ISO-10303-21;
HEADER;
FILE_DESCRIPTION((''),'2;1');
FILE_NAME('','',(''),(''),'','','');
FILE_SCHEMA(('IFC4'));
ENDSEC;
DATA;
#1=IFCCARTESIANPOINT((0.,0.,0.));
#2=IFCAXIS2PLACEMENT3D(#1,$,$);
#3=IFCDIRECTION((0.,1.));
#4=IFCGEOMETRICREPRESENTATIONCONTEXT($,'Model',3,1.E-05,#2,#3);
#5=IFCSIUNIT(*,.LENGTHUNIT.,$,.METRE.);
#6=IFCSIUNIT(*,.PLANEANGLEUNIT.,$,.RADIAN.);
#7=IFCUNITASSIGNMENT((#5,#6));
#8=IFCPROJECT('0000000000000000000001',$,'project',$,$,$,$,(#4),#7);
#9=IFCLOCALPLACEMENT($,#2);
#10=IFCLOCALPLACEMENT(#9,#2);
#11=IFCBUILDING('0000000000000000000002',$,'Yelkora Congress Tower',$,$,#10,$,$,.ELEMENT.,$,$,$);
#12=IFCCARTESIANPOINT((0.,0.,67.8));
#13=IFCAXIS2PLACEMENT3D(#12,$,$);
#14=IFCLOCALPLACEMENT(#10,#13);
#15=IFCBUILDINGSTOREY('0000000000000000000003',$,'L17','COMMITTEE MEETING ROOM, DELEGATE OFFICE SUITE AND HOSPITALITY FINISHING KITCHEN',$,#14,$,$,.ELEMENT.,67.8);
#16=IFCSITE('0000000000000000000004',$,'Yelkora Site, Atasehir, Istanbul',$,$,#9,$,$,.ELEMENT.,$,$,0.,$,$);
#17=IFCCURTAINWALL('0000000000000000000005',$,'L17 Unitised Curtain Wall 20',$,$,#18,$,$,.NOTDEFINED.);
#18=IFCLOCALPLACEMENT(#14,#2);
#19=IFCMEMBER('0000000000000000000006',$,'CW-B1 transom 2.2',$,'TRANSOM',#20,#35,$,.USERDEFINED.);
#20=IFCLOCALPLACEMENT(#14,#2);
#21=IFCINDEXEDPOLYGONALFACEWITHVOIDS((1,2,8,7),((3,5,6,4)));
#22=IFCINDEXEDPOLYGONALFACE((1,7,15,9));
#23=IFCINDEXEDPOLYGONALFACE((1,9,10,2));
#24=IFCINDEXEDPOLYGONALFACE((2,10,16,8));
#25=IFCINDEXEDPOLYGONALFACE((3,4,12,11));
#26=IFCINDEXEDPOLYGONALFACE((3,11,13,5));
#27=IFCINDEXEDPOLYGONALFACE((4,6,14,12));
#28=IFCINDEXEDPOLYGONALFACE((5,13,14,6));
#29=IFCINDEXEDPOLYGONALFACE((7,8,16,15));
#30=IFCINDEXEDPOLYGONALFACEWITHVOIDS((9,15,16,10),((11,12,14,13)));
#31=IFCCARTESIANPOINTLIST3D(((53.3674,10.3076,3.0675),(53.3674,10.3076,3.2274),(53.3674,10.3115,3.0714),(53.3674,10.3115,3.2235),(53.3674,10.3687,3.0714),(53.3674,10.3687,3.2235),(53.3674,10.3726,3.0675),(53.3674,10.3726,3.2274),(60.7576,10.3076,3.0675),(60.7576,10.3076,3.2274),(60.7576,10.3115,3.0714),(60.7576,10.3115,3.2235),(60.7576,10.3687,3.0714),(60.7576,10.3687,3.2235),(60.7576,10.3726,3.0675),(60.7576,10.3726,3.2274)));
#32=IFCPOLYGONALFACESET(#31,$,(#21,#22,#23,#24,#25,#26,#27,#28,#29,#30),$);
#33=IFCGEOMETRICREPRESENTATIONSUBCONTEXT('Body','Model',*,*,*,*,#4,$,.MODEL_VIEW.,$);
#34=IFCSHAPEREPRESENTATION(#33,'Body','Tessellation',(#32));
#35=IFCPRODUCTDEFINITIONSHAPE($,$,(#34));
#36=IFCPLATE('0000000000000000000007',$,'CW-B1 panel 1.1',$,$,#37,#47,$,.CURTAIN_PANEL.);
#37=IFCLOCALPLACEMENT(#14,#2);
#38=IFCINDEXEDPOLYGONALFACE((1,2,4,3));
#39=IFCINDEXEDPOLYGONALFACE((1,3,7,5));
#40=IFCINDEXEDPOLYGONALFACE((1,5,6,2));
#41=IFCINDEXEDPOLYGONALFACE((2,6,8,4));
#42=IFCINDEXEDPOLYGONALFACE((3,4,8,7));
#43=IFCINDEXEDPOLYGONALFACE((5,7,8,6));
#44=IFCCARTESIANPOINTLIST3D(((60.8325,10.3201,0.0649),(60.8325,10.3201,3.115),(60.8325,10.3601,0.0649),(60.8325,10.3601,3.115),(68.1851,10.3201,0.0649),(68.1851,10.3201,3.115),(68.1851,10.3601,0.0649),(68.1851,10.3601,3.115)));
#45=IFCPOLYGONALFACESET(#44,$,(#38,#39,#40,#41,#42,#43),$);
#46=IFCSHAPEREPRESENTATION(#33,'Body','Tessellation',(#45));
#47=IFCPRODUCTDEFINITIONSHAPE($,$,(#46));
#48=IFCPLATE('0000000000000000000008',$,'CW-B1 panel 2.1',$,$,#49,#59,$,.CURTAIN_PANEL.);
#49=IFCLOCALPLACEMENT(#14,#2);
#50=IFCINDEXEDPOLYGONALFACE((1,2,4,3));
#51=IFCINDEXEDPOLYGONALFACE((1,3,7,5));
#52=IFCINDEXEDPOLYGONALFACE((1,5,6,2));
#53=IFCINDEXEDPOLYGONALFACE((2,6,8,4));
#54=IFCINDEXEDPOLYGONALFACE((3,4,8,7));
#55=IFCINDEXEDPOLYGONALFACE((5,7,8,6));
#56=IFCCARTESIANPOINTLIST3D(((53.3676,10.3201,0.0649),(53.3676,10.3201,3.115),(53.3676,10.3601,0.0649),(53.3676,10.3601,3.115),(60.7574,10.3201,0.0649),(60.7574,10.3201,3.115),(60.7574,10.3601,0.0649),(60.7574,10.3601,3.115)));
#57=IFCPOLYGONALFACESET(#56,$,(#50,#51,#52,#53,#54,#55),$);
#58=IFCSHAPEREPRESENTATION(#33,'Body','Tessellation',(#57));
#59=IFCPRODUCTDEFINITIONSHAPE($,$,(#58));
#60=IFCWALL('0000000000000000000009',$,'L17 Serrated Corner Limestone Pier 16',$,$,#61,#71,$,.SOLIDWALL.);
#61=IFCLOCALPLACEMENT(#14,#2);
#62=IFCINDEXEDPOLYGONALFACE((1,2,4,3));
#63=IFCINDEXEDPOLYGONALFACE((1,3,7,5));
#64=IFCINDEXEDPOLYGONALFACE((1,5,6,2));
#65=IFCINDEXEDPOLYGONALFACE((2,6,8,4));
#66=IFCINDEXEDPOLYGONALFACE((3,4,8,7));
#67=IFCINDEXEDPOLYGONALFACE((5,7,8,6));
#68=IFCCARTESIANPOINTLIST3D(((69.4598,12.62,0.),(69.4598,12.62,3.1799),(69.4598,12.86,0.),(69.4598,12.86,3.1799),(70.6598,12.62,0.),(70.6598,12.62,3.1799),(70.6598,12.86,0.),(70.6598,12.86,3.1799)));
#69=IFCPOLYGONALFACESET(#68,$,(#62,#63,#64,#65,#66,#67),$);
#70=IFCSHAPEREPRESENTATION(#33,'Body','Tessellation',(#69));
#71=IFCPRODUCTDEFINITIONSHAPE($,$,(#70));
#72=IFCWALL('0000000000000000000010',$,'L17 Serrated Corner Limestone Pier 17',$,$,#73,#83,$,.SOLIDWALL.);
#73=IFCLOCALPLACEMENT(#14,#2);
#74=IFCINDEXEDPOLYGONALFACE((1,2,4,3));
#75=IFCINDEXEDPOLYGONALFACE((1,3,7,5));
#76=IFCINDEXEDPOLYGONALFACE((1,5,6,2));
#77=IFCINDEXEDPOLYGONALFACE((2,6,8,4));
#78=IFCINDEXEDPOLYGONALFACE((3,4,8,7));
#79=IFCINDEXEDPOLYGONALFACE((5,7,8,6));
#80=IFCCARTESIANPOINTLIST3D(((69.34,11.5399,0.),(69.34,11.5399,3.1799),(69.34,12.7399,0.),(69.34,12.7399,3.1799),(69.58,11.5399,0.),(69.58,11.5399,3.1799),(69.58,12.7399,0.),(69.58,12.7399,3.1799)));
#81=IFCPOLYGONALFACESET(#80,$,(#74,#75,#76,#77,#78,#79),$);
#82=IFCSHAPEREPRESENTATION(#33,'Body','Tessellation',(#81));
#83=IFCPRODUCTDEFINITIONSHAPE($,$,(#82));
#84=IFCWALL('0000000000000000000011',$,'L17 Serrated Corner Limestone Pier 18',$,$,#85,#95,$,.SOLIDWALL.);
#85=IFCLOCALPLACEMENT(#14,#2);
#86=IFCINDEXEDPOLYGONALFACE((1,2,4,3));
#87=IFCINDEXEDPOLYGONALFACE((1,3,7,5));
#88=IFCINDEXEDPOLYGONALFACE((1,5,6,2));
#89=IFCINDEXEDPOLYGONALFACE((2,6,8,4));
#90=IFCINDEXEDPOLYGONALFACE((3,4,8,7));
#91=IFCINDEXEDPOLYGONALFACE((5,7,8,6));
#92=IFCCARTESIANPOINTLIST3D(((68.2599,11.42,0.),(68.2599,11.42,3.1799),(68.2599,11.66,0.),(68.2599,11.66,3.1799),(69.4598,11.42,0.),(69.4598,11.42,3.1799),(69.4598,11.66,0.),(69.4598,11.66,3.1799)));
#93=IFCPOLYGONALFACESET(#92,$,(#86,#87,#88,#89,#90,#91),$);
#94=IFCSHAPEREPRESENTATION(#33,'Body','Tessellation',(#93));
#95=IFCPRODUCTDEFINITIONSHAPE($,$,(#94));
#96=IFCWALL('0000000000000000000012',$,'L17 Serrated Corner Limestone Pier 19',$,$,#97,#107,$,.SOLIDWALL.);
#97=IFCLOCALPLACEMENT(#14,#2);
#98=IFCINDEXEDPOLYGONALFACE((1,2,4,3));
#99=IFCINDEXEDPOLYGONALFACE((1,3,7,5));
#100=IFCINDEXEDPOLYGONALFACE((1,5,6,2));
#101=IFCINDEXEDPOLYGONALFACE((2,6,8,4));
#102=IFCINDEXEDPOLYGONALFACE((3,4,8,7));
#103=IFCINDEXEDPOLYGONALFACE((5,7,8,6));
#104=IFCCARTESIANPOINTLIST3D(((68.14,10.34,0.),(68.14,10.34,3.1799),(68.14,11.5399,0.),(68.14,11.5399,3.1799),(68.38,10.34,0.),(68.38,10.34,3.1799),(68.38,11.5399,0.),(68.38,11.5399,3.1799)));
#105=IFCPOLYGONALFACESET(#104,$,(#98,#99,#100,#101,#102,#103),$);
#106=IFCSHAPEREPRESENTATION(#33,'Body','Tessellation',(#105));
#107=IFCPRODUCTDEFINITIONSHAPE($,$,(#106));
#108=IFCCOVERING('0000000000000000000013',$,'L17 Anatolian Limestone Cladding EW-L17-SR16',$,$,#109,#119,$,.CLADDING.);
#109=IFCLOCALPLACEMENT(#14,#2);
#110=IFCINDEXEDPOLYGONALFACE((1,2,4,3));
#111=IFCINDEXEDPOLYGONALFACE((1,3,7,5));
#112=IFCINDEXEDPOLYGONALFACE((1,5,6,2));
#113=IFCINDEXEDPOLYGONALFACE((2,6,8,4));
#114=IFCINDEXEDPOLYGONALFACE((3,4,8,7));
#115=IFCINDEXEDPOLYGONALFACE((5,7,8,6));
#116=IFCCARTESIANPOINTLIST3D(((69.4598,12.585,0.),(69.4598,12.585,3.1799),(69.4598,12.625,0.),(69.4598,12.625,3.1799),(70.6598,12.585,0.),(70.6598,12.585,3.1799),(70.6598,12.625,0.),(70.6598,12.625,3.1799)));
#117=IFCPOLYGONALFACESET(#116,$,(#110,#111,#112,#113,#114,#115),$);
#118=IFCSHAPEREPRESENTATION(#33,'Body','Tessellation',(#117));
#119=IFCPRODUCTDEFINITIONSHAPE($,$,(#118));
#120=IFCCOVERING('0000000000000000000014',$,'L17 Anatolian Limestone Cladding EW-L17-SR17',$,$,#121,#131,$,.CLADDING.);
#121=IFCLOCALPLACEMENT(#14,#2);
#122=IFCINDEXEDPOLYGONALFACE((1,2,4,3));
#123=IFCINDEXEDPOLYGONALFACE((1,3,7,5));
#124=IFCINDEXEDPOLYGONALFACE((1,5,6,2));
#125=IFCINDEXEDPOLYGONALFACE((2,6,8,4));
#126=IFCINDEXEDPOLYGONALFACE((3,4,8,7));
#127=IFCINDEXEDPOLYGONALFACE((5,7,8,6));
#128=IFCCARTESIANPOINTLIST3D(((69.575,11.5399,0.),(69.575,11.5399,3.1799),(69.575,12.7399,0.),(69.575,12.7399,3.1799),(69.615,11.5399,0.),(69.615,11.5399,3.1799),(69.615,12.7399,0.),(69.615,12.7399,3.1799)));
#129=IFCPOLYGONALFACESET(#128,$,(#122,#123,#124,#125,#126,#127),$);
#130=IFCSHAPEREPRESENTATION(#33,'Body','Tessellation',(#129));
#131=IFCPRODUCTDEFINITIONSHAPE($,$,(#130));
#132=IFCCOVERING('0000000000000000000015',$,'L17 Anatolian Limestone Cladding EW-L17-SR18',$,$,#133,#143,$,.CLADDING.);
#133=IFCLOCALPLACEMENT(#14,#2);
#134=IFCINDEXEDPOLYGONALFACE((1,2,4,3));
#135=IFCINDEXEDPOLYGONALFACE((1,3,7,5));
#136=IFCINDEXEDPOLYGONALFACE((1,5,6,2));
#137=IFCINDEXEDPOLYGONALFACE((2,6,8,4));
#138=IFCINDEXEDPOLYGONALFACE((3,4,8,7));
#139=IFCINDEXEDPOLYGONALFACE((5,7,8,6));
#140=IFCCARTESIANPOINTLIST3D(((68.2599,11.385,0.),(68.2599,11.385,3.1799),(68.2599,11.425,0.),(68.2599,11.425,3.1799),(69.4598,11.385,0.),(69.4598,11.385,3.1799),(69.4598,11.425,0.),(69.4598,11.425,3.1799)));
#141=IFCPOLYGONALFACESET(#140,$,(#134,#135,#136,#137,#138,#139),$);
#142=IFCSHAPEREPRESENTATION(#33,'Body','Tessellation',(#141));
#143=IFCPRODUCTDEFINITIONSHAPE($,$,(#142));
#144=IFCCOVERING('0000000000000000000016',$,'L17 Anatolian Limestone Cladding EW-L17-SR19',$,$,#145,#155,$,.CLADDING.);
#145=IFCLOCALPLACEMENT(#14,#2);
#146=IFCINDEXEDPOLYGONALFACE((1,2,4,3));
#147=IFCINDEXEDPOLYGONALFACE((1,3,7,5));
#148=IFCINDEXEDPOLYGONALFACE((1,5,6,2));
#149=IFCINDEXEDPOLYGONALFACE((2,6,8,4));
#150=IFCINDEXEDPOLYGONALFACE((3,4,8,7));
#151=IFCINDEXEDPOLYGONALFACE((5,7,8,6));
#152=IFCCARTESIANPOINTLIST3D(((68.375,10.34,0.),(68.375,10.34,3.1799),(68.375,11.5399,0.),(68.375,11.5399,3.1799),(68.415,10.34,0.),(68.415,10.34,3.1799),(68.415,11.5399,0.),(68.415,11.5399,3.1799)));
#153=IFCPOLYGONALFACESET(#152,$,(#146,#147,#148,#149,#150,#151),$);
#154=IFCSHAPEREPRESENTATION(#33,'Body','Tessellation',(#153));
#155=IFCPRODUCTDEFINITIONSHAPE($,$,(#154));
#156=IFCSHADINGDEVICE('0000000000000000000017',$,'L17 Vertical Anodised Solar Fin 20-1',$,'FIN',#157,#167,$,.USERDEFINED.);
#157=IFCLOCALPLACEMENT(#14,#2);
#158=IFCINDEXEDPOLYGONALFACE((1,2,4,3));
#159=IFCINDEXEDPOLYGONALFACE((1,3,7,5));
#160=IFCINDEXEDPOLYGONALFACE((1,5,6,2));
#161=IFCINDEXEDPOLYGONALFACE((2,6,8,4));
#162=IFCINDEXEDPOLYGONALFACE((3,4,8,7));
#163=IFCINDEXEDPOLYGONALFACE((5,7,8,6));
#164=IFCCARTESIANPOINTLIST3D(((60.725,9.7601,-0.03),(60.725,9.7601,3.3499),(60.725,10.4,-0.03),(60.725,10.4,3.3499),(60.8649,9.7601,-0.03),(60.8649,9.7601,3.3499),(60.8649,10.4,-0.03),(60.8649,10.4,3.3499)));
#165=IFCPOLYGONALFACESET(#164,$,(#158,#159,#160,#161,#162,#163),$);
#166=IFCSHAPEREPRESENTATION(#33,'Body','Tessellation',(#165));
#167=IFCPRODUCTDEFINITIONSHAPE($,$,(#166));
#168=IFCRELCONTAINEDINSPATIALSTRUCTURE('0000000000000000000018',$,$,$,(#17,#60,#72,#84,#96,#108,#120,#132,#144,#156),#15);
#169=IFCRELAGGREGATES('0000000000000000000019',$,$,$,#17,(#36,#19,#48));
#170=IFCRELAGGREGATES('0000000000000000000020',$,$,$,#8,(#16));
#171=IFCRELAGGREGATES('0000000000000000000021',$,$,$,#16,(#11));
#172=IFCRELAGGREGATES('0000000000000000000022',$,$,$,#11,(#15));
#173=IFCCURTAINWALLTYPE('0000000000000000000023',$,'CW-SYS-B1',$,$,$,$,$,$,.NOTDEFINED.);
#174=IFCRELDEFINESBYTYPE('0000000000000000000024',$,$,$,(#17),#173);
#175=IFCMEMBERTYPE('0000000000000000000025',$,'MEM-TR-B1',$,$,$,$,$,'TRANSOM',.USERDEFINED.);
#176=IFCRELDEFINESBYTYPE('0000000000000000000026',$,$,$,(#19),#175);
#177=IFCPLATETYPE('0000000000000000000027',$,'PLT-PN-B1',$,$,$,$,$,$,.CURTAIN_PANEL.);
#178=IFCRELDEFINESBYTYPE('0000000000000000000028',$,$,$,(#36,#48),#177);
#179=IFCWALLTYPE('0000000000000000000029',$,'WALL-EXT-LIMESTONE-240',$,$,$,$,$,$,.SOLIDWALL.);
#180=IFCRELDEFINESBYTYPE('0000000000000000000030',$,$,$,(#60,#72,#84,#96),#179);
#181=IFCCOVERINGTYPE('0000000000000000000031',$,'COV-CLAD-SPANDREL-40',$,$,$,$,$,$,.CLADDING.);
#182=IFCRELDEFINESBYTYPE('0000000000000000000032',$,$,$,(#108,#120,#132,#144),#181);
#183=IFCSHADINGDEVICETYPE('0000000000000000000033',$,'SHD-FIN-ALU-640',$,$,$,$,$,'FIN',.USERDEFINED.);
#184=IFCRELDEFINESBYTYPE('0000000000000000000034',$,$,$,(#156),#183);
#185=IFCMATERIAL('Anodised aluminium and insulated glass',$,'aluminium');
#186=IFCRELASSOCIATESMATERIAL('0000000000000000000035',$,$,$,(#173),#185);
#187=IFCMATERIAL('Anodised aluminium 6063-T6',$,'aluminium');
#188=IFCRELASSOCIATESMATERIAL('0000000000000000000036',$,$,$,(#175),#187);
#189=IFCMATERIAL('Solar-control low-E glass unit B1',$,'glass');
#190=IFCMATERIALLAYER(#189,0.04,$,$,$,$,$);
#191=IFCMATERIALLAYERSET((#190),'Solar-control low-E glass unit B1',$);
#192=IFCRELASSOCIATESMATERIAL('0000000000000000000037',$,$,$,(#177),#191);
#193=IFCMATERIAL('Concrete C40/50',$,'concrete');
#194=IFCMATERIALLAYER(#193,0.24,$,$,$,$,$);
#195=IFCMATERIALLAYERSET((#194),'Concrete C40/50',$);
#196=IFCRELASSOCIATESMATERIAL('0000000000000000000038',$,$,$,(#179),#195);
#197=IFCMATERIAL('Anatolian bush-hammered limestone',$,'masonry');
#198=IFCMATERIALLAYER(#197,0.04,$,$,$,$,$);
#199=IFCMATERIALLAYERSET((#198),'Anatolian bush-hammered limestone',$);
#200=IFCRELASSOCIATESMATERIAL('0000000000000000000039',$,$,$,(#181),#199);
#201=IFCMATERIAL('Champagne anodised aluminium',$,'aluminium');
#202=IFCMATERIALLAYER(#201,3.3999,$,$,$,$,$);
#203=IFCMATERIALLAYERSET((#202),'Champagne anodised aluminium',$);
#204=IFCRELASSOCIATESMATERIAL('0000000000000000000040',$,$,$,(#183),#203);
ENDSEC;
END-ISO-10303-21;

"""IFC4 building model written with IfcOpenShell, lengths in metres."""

from ifc_helpers import new_model, si_unit, direction, frame, frame_2d, origin, origin_2d, place, context, subcontext, project, spatial, rectangle, hollow_rectangle, extrude, material, layer, layer_set, material_profile, profile_set, type_object, element, aggregate, save


model = new_model("IFC4")

# Units and contexts
model_context = context("Model", 3, precision=1e-05, world=origin(), true_north=direction((0.0, 1.0)))
body_context = subcontext(model_context, "Body", "Model", "MODEL_VIEW")
ifc_project = project(units=[si_unit("LENGTHUNIT", "METRE"), si_unit("PLANEANGLEUNIT", "RADIAN")], contexts=[model_context])

# Site, building, storey
site_placement = place(None, origin())
site = spatial("IfcSite", under=ifc_project, at=site_placement, Name="Yelkora Site, Atasehir, Istanbul", CompositionType="ELEMENT", RefElevation=0.0)
building_placement = place(site_placement, origin())
building = spatial("IfcBuilding", under=site, at=building_placement, Name="Yelkora Congress Tower", CompositionType="ELEMENT")
storey_placement = place(building_placement, frame((0.0, 0.0, 67.8)))
storey = spatial("IfcBuildingStorey", under=building, at=storey_placement, Name="L17", Description="COMMITTEE MEETING ROOM, DELEGATE OFFICE SUITE AND HOSPITALITY FINISHING KITCHEN", CompositionType="ELEMENT", Elevation=67.8)

# Curtain wall, member, plates
ifc_material_1 = material(Name="Anodised aluminium and insulated glass", Category="aluminium")
curtain_wall_type = type_object("IfcCurtainWallType", Name="CW-SYS-B1", PredefinedType="NOTDEFINED", material=ifc_material_1)
curtain_wall_placement = place(storey_placement, origin())
curtain_wall = element("IfcCurtainWall", 1, at=curtain_wall_placement, inside=storey, type_object=curtain_wall_type, Name="L17 Unitised Curtain Wall 20", PredefinedType="NOTDEFINED")
ifc_material_2 = material(Name="Anodised aluminium 6063-T6", Category="aluminium")
ifc_material_profile_1 = material_profile(ifc_material_2, hollow_rectangle(XDim=0.0649, YDim=0.1599, WallThickness=0.0039, at=origin_2d()), Name="ALU 65x160x4")
ifc_profile_set_1 = profile_set([ifc_material_profile_1], Name="Anodised aluminium 6063-T6")
member_type_1 = type_object("IfcMemberType", Name="MEM-TR-B1", ElementType="TRANSOM", PredefinedType="USERDEFINED", material=ifc_profile_set_1)
member_1_placement = place(storey_placement, frame((60.7576, 10.3401, 3.1475), z_axis=(-1.0, 0.0, 0.0), x_axis=(0.0, -1.0, 0.0)))
member_1 = element("IfcMember", 2, at=member_1_placement, type_object=member_type_1, Name="CW-B1 transom 2.2", ObjectType="TRANSOM", PredefinedType="USERDEFINED", context=body_context, shape_type="SweptSolid", body=[
    extrude(hollow_rectangle(XDim=0.0649, YDim=0.1599, WallThickness=0.0039, at=origin_2d()), origin(), (0.0, 0.0, 1.0), 7.3901),
])
ifc_material_3 = material(Name="Solar-control low-E glass unit B1", Category="glass")
ifc_layer_1 = layer(ifc_material_3, 0.04)
ifc_layer_set_1 = layer_set([ifc_layer_1], Name="Solar-control low-E glass unit B1")
plate_type = type_object("IfcPlateType", Name="PLT-PN-B1", PredefinedType="CURTAIN_PANEL", material=ifc_layer_set_1)
plate_1_placement = place(storey_placement, frame((64.5088, 10.3401, 0.0649), z_axis=(0.0, 0.0, 1.0), x_axis=(-1.0, 0.0, 0.0)))
plate_1 = element("IfcPlate", 3, at=plate_1_placement, type_object=plate_type, Name="CW-B1 panel 1.1", PredefinedType="CURTAIN_PANEL", context=body_context, shape_type="SweptSolid", body=[
    extrude(rectangle(XDim=7.3525, YDim=0.04, at=origin_2d()), origin(), (0.0, 0.0, 1.0), 3.05),
])
plate_2_placement = place(storey_placement, frame((57.0625, 10.3401, 0.0649), z_axis=(0.0, 0.0, 1.0), x_axis=(-1.0, 0.0, 0.0)))
plate_2 = element("IfcPlate", 4, at=plate_2_placement, type_object=plate_type, Name="CW-B1 panel 2.1", PredefinedType="CURTAIN_PANEL", context=body_context, shape_type="SweptSolid", body=[
    extrude(rectangle(XDim=7.3899, YDim=0.04, at=origin_2d()), origin(), (0.0, 0.0, 1.0), 3.05),
])
aggregate(curtain_wall, [plate_1, member_1, plate_2])

# Walls
ifc_material_4 = material(Name="Concrete C40/50", Category="concrete")
ifc_layer_2 = layer(ifc_material_4, 0.24)
ifc_layer_set_2 = layer_set([ifc_layer_2], Name="Concrete C40/50")
wall_type = type_object("IfcWallType", Name="WALL-EXT-LIMESTONE-240", PredefinedType="SOLIDWALL", material=ifc_layer_set_2)
for number, where, z_axis, x_axis, name in (
    (5, (70.6599, 12.74, 0.0), (0.0, 0.0, 1.0), (-1.0, 0.0, 0.0), "L17 Serrated Corner Limestone Pier 16"),
    (6, (69.46, 12.74, 0.0), (0.0, 0.0, 1.0), (0.0, -1.0, 0.0), "L17 Serrated Corner Limestone Pier 17"),
    (7, (69.46, 11.54, 0.0), (0.0, 0.0, 1.0), (-1.0, 0.0, 0.0), "L17 Serrated Corner Limestone Pier 18"),
    (8, (68.26, 11.54, 0.0), (0.0, 0.0, 1.0), (0.0, -1.0, 0.0), "L17 Serrated Corner Limestone Pier 19"),
):
    element("IfcWall", number, at=place(storey_placement, frame(where, z_axis=z_axis, x_axis=x_axis)), inside=storey, type_object=wall_type, Name=name, PredefinedType="SOLIDWALL", context=body_context, shape_type="SweptSolid", body=[
        extrude(rectangle(XDim=1.2, YDim=0.24, at=frame_2d((0.6001, 0.0))), origin(), (0.0, 0.0, 1.0), 3.1799),
    ])

# Coverings
ifc_material_5 = material(Name="Anatolian bush-hammered limestone", Category="masonry")
ifc_layer_3 = layer(ifc_material_5, 0.04)
ifc_layer_set_3 = layer_set([ifc_layer_3], Name="Anatolian bush-hammered limestone")
covering_type = type_object("IfcCoveringType", Name="COV-CLAD-SPANDREL-40", PredefinedType="CLADDING", material=ifc_layer_set_3)
for number, where, z_axis, x_axis, name in (
    (9, (70.6599, 12.605, 0.0), (0.0, 0.0, 1.0), (-1.0, 0.0, 0.0), "L17 Anatolian Limestone Cladding EW-L17-SR16"),
    (10, (69.595, 12.74, 0.0), (0.0, 0.0, 1.0), (0.0, -1.0, 0.0), "L17 Anatolian Limestone Cladding EW-L17-SR17"),
    (11, (69.46, 11.405, 0.0), (0.0, 0.0, 1.0), (-1.0, 0.0, 0.0), "L17 Anatolian Limestone Cladding EW-L17-SR18"),
    (12, (68.395, 11.54, 0.0), (0.0, 0.0, 1.0), (0.0, -1.0, 0.0), "L17 Anatolian Limestone Cladding EW-L17-SR19"),
):
    element("IfcCovering", number, at=place(storey_placement, frame(where, z_axis=z_axis, x_axis=x_axis)), inside=storey, type_object=covering_type, Name=name, PredefinedType="CLADDING", context=body_context, shape_type="SweptSolid", body=[
        extrude(rectangle(XDim=1.2, YDim=0.04, at=frame_2d((0.6001, 0.0))), origin(), (0.0, 0.0, 1.0), 3.1799),
    ])

# Shading device
ifc_material_6 = material(Name="Champagne anodised aluminium", Category="aluminium")
ifc_layer_4 = layer(ifc_material_6, 3.3999)
ifc_layer_set_4 = layer_set([ifc_layer_4], Name="Champagne anodised aluminium")
shading_device_type = type_object("IfcShadingDeviceType", Name="SHD-FIN-ALU-640", ElementType="FIN", PredefinedType="USERDEFINED", material=ifc_layer_set_4)
shading_device_placement = place(storey_placement, frame((60.7949, 10.0801, -0.03), z_axis=(0.0, 0.0, 1.0), x_axis=(-1.0, 0.0, 0.0)))
element("IfcShadingDevice", 13, at=shading_device_placement, inside=storey, type_object=shading_device_type, Name="L17 Vertical Anodised Solar Fin 20-1", ObjectType="FIN", PredefinedType="USERDEFINED", context=body_context, shape_type="SweptSolid", body=[
    extrude(rectangle(XDim=0.1399, YDim=0.6399, at=origin_2d()), origin(), (0.0, 0.0, 1.0), 3.3799),
])

save(model, "model.ifc")
